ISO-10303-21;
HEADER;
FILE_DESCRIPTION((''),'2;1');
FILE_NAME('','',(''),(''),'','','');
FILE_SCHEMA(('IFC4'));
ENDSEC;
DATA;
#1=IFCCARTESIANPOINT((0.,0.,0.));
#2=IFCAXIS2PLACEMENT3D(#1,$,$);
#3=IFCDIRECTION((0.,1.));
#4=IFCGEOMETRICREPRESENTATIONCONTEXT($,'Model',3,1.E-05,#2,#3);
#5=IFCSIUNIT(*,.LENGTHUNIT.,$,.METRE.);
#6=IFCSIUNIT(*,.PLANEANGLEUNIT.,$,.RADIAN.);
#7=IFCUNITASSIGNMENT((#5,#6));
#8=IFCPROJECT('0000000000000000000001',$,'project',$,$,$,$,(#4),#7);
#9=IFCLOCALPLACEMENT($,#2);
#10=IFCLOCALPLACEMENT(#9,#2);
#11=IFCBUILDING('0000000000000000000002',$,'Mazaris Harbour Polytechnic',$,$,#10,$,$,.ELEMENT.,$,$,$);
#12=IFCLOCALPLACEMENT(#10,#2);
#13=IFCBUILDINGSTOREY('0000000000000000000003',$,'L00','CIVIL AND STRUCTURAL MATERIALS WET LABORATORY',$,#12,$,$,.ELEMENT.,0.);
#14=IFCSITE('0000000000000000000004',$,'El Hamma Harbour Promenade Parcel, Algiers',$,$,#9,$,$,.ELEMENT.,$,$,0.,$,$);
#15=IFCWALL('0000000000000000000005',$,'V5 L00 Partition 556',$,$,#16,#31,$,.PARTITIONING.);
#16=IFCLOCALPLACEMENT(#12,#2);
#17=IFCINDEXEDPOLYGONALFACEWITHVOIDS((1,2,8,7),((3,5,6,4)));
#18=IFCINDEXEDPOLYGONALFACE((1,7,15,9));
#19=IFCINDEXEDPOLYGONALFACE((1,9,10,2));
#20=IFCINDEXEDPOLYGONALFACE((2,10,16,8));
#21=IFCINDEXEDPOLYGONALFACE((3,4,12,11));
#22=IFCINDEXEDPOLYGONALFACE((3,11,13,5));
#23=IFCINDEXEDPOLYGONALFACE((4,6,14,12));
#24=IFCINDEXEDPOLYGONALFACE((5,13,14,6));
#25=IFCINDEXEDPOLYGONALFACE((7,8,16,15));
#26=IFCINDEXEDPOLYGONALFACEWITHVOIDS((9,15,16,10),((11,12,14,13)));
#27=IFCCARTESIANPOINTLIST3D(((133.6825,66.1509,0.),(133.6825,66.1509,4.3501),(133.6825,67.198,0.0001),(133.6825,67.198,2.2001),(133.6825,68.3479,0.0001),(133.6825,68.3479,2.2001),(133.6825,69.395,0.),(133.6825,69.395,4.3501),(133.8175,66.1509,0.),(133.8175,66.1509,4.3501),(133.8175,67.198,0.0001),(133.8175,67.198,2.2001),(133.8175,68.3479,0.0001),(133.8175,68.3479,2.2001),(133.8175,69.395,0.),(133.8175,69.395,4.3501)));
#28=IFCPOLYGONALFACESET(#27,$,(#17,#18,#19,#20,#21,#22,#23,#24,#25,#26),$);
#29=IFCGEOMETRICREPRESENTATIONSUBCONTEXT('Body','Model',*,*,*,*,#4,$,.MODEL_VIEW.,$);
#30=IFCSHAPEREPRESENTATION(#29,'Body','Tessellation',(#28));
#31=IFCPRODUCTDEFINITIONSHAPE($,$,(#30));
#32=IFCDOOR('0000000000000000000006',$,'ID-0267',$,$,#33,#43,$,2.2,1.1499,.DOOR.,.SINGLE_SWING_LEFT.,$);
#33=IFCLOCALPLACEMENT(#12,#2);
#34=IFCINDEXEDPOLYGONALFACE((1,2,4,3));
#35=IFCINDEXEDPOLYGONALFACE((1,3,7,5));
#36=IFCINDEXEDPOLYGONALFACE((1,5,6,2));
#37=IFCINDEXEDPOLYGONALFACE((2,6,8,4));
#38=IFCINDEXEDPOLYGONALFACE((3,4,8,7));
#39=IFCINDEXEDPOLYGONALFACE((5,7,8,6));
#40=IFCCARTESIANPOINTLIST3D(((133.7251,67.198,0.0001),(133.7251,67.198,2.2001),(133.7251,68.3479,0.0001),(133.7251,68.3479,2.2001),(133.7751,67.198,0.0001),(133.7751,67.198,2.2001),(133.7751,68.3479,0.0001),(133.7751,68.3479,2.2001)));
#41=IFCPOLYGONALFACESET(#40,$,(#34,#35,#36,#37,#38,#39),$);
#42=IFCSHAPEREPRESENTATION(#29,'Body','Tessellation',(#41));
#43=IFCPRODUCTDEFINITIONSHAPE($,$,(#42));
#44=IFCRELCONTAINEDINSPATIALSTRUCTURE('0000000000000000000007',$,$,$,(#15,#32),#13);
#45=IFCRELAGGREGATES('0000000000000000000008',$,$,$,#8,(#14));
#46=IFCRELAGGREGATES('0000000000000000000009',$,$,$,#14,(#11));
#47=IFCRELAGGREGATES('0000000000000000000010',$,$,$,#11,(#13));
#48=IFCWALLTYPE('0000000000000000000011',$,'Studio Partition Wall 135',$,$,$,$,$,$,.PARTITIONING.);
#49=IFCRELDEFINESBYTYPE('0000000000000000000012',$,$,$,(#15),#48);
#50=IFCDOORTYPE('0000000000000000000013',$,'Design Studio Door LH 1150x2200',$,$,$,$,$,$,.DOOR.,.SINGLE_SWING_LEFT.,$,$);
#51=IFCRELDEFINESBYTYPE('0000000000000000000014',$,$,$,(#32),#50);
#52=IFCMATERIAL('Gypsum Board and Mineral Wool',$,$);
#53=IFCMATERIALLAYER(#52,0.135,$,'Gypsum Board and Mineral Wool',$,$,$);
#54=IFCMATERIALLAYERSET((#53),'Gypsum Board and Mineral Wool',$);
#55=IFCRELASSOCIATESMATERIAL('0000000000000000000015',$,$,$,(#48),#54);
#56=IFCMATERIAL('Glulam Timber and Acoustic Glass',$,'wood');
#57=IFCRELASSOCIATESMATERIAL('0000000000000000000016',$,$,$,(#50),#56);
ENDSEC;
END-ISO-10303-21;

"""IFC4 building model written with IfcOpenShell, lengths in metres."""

from ifc_helpers import new_model, si_unit, direction, frame, frame_2d, origin, place, context, subcontext, project, spatial, rectangle, extrude, material, layer, layer_set, type_object, element, fill, save


model = new_model("IFC4")

# Units and contexts
model_context = context("Model", 3, precision=1e-05, world=origin(), true_north=direction((0.0, 1.0)))
body_context = subcontext(model_context, "Body", "Model", "MODEL_VIEW")
ifc_project = project(units=[si_unit("LENGTHUNIT", "METRE"), si_unit("PLANEANGLEUNIT", "RADIAN")], contexts=[model_context])

# Site, building, storey
site_placement = place(None, origin())
site = spatial("IfcSite", under=ifc_project, at=site_placement, Name="El Hamma Harbour Promenade Parcel, Algiers", CompositionType="ELEMENT", RefElevation=0.0)
building_placement = place(site_placement, origin())
building = spatial("IfcBuilding", under=site, at=building_placement, Name="Mazaris Harbour Polytechnic", CompositionType="ELEMENT")
storey_placement = place(building_placement, origin())
storey = spatial("IfcBuildingStorey", under=building, at=storey_placement, Name="L00", Description="CIVIL AND STRUCTURAL MATERIALS WET LABORATORY", CompositionType="ELEMENT", Elevation=0.0)

# Wall, opening, door
ifc_material_1 = material(Name="Gypsum Board and Mineral Wool")
ifc_layer_1 = layer(ifc_material_1, 0.135, Name="Gypsum Board and Mineral Wool")
ifc_layer_set_1 = layer_set([ifc_layer_1], Name="Gypsum Board and Mineral Wool")
wall_type_1 = type_object("IfcWallType", Name="Studio Partition Wall 135", PredefinedType="PARTITIONING", material=ifc_layer_set_1)
wall_1_placement = place(storey_placement, frame((133.75, 66.1509, 0.0), z_axis=(0.0, 0.0, 1.0), x_axis=(0.0, 1.0, 0.0)))
wall_1 = element("IfcWall", 1, at=wall_1_placement, inside=storey, type_object=wall_type_1, Name="V5 L00 Partition 556", PredefinedType="PARTITIONING", context=body_context, shape_type="SweptSolid", body=[
    extrude(rectangle(XDim=3.2441, YDim=0.135, at=frame_2d((1.6221, 0.0))), origin(), (0.0, 0.0, 1.0), 4.3501),
])
opening_placement = place(wall_1_placement, frame((1.0471, 0.0, 0.0)))
opening = element("IfcOpeningElement", 2, at=opening_placement, cuts=wall_1, PredefinedType="OPENING", context=body_context, shape_type="SweptSolid", body=[
    extrude(rectangle(XDim=1.1499, YDim=2.2, at=frame_2d((0.575, 1.1001))), frame((0.0, 0.0774, 0.0), z_axis=(0.0, -1.0, 0.0), x_axis=(1.0, 0.0, 0.0)), (0.0, 0.0, 1.0), 0.155),
])
ifc_material_2 = material(Name="Glulam Timber and Acoustic Glass", Category="wood")
door_type = type_object("IfcDoorType", Name="Design Studio Door LH 1150x2200", OperationType="SINGLE_SWING_LEFT", PredefinedType="DOOR", material=ifc_material_2)
door_placement = place(opening_placement, origin())
door = element("IfcDoor", 3, at=door_placement, inside=storey, type_object=door_type, Name="ID-0267", OperationType="SINGLE_SWING_LEFT", OverallHeight=2.2, OverallWidth=1.1499, PredefinedType="DOOR", context=body_context, shape_type="SweptSolid", body=[
    extrude(rectangle(XDim=1.1499, YDim=2.2, at=frame_2d((0.575, 1.1001))), frame((0.0, 0.0249, 0.0), z_axis=(0.0, -1.0, 0.0), x_axis=(1.0, 0.0, 0.0)), (0.0, 0.0, 1.0), 0.05),
])
fill(opening, door)

save(model, "model.ifc")
